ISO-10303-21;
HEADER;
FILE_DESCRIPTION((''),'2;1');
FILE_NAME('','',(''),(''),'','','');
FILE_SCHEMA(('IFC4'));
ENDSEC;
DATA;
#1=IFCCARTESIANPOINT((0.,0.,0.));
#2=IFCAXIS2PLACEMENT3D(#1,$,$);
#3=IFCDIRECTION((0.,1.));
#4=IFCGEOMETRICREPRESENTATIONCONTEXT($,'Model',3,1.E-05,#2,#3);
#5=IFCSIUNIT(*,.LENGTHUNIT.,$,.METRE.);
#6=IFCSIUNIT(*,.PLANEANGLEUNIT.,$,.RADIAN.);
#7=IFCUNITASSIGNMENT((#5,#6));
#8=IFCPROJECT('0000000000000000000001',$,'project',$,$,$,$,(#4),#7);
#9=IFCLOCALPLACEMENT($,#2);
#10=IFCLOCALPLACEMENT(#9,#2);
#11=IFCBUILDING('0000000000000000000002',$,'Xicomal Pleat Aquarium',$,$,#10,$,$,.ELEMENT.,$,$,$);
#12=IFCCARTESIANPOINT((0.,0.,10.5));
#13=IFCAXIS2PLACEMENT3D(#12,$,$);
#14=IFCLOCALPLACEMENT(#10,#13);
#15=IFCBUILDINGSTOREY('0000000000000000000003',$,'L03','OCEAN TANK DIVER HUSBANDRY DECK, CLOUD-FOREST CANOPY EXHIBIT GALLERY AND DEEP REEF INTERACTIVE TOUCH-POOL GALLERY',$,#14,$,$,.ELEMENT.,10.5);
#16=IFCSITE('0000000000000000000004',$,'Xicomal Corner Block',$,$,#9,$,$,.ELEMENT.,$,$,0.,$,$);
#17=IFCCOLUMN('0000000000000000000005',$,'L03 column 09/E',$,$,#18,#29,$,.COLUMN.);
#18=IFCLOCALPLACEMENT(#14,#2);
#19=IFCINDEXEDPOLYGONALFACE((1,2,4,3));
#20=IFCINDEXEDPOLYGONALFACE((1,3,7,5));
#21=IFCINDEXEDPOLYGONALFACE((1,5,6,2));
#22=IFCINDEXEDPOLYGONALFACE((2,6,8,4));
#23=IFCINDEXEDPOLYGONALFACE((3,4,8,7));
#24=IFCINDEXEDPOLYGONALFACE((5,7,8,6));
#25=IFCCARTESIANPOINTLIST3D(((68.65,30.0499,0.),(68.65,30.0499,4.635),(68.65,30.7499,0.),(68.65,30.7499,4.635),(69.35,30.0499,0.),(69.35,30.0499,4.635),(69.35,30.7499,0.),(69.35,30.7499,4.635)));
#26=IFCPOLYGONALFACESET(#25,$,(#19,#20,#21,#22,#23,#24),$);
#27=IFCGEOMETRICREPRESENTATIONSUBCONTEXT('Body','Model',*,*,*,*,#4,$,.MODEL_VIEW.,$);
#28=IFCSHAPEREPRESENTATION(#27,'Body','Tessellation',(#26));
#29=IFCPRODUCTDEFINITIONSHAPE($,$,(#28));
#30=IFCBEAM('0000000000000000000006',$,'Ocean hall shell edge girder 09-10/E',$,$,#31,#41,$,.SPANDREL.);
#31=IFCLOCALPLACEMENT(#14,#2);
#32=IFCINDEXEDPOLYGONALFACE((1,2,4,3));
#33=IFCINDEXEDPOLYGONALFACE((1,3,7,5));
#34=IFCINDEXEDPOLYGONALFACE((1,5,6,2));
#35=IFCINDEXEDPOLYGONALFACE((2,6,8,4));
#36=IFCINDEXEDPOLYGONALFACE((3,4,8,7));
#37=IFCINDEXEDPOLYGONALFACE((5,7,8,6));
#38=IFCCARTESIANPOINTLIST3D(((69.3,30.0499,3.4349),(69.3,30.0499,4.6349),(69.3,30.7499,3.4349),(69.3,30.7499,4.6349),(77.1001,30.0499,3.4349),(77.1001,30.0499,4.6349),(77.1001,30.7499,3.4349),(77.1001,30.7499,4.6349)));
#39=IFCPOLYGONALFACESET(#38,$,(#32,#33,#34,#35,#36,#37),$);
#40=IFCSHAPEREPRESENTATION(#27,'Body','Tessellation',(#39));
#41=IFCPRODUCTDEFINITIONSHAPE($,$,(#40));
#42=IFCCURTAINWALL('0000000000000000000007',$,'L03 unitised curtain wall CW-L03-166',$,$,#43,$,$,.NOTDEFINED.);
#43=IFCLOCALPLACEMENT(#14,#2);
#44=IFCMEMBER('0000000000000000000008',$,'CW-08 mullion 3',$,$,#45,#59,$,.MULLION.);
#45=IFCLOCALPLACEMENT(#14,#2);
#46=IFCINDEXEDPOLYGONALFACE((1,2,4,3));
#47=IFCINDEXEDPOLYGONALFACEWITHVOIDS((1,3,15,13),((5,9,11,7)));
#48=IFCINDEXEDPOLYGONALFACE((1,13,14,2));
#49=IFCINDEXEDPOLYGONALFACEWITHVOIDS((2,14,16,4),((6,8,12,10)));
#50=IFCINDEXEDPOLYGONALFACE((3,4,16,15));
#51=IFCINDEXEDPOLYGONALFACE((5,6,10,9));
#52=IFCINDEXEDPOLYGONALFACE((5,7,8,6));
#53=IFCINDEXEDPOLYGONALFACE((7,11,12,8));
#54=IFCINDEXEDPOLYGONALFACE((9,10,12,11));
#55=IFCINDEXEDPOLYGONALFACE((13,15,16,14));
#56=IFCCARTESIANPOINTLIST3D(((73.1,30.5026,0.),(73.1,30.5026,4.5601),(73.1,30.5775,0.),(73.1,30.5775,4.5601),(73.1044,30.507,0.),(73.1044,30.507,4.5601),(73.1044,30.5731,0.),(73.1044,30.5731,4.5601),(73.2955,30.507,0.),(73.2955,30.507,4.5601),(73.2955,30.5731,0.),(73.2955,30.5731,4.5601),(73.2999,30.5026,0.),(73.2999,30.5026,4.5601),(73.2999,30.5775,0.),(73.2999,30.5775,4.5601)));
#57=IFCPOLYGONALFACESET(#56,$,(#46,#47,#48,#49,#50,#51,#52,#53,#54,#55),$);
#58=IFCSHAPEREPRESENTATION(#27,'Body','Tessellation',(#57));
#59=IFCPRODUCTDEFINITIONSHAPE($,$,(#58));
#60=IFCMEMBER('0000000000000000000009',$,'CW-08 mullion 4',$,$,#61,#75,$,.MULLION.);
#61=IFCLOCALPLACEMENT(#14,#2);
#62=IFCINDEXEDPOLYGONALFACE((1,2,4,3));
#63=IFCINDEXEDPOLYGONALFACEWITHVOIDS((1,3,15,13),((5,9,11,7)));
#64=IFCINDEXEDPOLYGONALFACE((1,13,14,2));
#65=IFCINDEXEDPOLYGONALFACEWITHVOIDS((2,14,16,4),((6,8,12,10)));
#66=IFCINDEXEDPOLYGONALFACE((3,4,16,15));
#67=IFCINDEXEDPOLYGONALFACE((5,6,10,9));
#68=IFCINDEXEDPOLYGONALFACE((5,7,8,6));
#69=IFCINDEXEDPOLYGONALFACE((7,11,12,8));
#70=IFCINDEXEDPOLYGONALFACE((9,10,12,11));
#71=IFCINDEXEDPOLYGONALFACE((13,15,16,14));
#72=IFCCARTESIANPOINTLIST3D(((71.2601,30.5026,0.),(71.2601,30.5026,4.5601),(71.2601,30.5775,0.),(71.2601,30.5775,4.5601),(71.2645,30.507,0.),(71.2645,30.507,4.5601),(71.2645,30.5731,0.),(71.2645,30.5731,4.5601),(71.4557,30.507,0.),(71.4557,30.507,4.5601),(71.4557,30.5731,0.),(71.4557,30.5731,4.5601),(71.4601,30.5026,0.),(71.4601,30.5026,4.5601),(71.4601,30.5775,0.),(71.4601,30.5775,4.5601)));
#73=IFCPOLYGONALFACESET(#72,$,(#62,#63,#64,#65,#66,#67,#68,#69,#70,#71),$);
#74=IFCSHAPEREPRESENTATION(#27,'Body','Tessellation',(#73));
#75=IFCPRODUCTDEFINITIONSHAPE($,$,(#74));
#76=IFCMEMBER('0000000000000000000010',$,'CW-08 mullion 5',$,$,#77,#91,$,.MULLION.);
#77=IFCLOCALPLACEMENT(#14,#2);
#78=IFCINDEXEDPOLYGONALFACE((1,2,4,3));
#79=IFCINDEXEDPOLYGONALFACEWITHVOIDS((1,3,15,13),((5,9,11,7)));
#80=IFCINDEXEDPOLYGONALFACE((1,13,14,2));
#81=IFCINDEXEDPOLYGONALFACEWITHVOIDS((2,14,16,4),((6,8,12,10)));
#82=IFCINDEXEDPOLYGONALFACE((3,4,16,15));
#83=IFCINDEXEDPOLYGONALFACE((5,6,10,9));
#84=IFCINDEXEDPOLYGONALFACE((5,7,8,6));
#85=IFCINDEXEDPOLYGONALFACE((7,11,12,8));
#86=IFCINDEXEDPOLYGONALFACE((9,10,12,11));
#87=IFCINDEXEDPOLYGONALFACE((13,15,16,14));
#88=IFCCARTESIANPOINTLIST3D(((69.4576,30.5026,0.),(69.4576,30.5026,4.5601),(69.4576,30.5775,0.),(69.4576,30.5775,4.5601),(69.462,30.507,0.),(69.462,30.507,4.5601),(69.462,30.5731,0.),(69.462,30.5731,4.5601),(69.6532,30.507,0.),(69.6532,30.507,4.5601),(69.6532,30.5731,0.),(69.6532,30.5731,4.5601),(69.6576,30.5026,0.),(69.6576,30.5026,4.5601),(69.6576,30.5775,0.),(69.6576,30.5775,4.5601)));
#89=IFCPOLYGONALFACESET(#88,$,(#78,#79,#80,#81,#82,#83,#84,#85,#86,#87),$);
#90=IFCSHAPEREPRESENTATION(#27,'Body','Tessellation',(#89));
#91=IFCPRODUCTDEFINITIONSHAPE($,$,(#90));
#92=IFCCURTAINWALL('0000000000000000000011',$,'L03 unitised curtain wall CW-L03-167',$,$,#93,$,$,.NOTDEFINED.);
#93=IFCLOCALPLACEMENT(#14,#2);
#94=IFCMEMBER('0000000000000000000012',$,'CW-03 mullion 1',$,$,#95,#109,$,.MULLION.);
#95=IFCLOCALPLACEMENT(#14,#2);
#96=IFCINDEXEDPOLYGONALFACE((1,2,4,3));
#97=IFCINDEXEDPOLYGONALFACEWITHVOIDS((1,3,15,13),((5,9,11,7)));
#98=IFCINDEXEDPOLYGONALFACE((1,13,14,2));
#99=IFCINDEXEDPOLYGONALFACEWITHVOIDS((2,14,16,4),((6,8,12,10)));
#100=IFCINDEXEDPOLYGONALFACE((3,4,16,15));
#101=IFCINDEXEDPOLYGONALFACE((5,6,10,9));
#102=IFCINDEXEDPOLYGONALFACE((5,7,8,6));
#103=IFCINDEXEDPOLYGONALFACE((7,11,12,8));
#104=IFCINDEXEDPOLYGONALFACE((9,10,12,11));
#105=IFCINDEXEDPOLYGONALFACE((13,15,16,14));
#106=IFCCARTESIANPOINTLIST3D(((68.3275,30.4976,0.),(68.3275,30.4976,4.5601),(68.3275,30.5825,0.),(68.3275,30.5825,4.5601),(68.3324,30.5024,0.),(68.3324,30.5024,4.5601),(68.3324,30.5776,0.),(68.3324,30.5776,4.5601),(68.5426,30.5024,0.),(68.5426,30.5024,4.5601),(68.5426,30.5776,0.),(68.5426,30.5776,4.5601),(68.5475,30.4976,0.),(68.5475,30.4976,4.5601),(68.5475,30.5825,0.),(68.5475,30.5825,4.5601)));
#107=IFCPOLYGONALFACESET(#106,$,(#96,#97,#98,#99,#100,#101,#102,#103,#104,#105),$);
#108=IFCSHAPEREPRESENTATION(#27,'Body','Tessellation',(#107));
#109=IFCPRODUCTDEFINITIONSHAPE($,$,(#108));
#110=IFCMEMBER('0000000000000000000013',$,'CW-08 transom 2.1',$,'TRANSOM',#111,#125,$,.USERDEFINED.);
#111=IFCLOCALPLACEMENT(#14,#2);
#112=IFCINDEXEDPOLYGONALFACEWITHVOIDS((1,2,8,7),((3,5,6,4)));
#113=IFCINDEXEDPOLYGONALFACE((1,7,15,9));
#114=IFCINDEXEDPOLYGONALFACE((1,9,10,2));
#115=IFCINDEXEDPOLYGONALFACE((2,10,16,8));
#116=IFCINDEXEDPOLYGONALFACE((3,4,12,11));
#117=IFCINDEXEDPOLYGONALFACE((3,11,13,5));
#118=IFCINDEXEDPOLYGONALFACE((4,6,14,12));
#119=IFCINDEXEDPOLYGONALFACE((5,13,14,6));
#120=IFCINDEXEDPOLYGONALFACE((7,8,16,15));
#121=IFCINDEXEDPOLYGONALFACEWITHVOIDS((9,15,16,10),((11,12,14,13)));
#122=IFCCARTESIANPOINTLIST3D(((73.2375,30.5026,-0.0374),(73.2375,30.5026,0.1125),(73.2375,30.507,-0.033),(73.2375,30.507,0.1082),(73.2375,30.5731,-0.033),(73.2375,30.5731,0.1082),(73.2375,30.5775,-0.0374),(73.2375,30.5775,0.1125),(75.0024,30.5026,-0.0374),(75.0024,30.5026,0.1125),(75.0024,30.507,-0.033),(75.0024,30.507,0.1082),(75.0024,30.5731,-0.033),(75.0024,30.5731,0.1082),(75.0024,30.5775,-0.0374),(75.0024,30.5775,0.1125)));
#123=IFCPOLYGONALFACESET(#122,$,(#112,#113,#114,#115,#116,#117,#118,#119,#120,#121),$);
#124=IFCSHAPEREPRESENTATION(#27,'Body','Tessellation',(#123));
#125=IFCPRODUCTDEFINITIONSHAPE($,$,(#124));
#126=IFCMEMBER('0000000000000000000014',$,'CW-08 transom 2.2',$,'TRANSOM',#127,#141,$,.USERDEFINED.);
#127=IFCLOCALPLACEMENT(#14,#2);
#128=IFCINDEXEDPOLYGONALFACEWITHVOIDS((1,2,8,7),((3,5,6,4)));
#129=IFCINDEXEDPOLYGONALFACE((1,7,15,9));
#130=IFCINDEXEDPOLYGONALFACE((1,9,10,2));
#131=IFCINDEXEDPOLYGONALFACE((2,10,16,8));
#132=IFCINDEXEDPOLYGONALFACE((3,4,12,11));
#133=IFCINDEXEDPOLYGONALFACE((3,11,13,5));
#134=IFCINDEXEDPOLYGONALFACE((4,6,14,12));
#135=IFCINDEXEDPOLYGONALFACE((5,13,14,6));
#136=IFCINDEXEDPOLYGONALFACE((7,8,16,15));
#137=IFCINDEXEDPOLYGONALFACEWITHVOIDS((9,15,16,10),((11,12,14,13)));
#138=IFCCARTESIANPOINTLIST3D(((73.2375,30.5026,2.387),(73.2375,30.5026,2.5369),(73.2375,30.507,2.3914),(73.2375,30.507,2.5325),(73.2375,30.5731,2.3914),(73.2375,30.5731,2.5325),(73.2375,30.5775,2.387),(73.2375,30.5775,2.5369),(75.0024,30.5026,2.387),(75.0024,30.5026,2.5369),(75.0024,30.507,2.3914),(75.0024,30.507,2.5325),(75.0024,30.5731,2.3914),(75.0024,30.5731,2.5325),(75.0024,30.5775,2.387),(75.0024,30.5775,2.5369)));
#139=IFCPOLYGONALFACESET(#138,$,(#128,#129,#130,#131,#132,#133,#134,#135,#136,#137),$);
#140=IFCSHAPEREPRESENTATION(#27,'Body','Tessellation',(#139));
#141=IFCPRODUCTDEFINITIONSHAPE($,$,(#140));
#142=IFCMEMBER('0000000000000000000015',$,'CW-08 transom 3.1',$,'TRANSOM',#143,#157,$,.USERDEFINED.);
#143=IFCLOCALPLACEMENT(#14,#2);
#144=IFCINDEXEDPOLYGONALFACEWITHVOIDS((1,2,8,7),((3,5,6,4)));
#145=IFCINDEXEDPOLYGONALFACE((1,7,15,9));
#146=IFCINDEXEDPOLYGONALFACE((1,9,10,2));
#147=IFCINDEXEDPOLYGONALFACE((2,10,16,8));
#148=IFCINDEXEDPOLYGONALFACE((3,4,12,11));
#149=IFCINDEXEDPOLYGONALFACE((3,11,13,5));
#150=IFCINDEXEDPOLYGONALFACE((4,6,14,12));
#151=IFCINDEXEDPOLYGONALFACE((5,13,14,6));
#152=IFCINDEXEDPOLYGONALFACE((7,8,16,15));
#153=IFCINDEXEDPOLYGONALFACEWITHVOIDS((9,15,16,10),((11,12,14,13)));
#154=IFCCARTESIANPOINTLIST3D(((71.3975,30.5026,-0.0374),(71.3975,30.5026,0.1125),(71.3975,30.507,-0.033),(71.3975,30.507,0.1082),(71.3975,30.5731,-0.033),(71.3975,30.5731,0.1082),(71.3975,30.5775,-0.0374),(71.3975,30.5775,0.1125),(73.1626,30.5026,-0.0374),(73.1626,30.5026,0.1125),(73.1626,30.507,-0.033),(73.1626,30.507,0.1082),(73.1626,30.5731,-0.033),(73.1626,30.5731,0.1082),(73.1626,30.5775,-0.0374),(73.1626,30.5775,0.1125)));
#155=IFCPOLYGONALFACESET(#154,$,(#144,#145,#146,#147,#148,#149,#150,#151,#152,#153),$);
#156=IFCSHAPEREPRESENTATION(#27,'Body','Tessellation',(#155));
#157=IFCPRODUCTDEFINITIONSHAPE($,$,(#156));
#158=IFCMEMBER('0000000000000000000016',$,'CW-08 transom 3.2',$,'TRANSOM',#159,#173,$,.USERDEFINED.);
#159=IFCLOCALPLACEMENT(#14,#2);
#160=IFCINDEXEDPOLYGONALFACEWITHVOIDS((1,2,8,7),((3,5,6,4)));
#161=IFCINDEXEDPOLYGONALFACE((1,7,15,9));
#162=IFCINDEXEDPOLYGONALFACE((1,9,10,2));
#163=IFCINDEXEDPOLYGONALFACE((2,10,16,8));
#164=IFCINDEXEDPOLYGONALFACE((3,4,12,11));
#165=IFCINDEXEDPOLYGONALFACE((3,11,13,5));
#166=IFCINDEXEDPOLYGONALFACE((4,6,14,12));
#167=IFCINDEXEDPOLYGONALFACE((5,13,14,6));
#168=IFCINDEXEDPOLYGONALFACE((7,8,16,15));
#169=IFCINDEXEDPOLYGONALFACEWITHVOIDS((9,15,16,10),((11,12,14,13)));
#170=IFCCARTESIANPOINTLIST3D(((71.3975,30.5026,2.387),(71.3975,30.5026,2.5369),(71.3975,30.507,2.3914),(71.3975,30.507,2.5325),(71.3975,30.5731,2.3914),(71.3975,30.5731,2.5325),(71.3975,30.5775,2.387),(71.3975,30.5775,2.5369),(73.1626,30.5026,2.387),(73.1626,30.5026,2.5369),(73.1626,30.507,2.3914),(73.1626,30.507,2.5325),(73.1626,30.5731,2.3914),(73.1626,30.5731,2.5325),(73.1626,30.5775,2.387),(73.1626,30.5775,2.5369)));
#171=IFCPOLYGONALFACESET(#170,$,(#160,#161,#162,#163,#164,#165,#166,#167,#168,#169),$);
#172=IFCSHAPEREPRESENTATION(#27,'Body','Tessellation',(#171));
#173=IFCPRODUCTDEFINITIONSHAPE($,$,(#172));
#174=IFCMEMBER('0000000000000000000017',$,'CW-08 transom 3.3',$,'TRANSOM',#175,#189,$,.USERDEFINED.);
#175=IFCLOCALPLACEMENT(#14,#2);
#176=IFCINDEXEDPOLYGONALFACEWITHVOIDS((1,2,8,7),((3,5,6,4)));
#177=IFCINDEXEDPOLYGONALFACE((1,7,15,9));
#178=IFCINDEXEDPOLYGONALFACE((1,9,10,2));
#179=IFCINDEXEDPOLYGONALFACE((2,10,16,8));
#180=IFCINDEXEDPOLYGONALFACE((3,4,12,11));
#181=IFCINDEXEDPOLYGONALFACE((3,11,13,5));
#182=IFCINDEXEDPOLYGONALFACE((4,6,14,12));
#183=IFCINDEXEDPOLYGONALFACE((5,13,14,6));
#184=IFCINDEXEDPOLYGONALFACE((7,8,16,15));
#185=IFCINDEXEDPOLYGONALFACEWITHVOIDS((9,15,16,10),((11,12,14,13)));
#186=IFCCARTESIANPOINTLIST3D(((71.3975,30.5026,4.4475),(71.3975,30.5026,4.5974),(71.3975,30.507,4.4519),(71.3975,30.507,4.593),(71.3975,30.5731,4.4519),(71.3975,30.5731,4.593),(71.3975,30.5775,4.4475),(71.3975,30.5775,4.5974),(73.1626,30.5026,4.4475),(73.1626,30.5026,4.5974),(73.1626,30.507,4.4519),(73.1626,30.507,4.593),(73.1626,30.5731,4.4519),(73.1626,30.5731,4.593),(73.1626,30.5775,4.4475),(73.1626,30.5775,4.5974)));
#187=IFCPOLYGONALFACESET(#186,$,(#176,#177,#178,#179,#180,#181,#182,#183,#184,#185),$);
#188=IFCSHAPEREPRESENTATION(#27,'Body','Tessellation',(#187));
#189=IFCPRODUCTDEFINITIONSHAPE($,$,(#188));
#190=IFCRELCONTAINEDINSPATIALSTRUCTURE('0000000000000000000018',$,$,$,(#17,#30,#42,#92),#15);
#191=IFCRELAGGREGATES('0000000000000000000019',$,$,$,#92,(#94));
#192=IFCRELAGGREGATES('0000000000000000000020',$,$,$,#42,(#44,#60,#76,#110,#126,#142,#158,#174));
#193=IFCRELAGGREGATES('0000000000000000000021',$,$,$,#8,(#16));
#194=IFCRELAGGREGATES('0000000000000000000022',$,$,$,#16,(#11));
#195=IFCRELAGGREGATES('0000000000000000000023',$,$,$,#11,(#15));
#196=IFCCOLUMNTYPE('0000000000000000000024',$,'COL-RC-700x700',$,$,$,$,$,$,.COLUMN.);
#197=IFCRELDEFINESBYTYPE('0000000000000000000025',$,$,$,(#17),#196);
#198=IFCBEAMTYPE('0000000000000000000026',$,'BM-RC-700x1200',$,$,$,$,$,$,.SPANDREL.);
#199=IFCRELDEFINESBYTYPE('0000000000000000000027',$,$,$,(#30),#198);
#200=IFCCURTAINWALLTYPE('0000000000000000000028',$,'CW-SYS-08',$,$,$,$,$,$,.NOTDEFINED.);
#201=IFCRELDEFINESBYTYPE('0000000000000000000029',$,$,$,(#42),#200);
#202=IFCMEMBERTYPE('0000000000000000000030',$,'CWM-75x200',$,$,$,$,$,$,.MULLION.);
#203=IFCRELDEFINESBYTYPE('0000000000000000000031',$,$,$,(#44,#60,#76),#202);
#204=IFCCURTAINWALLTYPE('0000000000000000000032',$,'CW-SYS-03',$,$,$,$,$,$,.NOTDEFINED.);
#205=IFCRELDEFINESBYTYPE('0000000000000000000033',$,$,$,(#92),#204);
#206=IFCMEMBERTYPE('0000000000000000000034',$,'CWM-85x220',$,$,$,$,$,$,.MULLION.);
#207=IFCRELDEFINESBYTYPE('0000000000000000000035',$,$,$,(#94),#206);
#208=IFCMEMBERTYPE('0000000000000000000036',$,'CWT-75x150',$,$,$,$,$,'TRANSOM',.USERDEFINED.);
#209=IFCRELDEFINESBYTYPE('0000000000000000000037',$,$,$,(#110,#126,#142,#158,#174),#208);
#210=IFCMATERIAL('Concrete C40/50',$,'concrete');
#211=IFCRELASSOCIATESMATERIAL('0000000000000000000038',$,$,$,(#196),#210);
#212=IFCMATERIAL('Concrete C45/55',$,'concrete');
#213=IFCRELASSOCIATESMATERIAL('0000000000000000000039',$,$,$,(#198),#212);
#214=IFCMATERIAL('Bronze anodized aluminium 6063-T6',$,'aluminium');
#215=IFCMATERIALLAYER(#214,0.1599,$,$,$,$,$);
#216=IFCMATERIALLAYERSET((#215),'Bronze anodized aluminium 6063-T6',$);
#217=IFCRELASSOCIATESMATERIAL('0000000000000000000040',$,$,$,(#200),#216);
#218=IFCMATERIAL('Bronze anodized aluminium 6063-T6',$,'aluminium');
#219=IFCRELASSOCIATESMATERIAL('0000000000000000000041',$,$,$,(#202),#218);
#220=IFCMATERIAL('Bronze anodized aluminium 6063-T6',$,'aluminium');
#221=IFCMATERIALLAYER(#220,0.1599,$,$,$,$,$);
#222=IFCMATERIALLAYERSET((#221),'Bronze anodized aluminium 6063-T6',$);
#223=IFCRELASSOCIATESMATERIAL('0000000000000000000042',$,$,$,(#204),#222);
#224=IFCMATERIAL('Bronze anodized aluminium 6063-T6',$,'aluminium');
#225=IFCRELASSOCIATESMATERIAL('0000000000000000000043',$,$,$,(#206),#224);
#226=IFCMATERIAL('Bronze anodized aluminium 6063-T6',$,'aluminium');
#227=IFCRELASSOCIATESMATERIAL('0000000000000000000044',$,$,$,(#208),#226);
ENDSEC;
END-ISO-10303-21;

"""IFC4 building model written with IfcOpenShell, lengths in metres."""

from ifc_helpers import new_model, si_unit, direction, frame, origin, origin_2d, place, context, subcontext, project, spatial, rectangle, hollow_rectangle, extrude, material, layer, layer_set, material_profile, profile_set, type_object, element, aggregate, save


model = new_model("IFC4")

# Units and contexts
model_context = context("Model", 3, precision=1e-05, world=origin(), true_north=direction((0.0, 1.0)))
body_context = subcontext(model_context, "Body", "Model", "MODEL_VIEW")
ifc_project = project(units=[si_unit("LENGTHUNIT", "METRE"), si_unit("PLANEANGLEUNIT", "RADIAN")], contexts=[model_context])

# Site, building, storey
site_placement = place(None, origin())
site = spatial("IfcSite", under=ifc_project, at=site_placement, Name="Xicomal Corner Block", CompositionType="ELEMENT", RefElevation=0.0)
building_placement = place(site_placement, origin())
building = spatial("IfcBuilding", under=site, at=building_placement, Name="Xicomal Pleat Aquarium", CompositionType="ELEMENT")
storey_placement = place(building_placement, frame((0.0, 0.0, 10.5)))
storey = spatial("IfcBuildingStorey", under=building, at=storey_placement, Name="L03", Description="OCEAN TANK DIVER HUSBANDRY DECK, CLOUD-FOREST CANOPY EXHIBIT GALLERY AND DEEP REEF INTERACTIVE TOUCH-POOL GALLERY", CompositionType="ELEMENT", Elevation=10.5)

# Column
ifc_material_1 = material(Name="Concrete C40/50", Category="concrete")
ifc_material_profile_1 = material_profile(ifc_material_1, rectangle(XDim=0.7, YDim=0.7, at=origin_2d()), Name="RC 700x700")
ifc_profile_set_1 = profile_set([ifc_material_profile_1], Name="Concrete C40/50")
column_type = type_object("IfcColumnType", Name="COL-RC-700x700", PredefinedType="COLUMN", material=ifc_profile_set_1)
column_placement = place(storey_placement, frame((69.0, 30.3999, 0.0), z_axis=(0.0, 0.0, 1.0), x_axis=(1.0, 0.0, 0.0)))
element("IfcColumn", 1, at=column_placement, inside=storey, type_object=column_type, Name="L03 column 09/E", PredefinedType="COLUMN", context=body_context, shape_type="SweptSolid", body=[
    extrude(rectangle(XDim=0.7, YDim=0.7, at=origin_2d()), origin(), (0.0, 0.0, 1.0), 4.635),
])

# Beam
ifc_material_2 = material(Name="Concrete C45/55", Category="concrete")
ifc_material_profile_2 = material_profile(ifc_material_2, rectangle(XDim=0.7, YDim=1.2, at=origin_2d()), Name="RC 700x1200")
ifc_profile_set_2 = profile_set([ifc_material_profile_2], Name="Concrete C45/55")
beam_type = type_object("IfcBeamType", Name="BM-RC-700x1200", PredefinedType="SPANDREL", material=ifc_profile_set_2)
beam_placement = place(storey_placement, frame((69.3, 30.3999, 4.0349), z_axis=(1.0, 0.0, 0.0), x_axis=(0.0, 1.0, 0.0)))
element("IfcBeam", 2, at=beam_placement, inside=storey, type_object=beam_type, Name="Ocean hall shell edge girder 09-10/E", PredefinedType="SPANDREL", context=body_context, shape_type="SweptSolid", body=[
    extrude(rectangle(XDim=0.7, YDim=1.2, at=origin_2d()), origin(), (0.0, 0.0, 1.0), 7.8),
])

# Curtain wall, members
ifc_material_3 = material(Name="Bronze anodized aluminium 6063-T6", Category="aluminium")
ifc_layer_1 = layer(ifc_material_3, 0.1599)
ifc_layer_set_1 = layer_set([ifc_layer_1], Name="Bronze anodized aluminium 6063-T6")
curtain_wall_type_1 = type_object("IfcCurtainWallType", Name="CW-SYS-08", PredefinedType="NOTDEFINED", material=ifc_layer_set_1)
curtain_wall_1_placement = place(storey_placement, origin())
curtain_wall_1 = element("IfcCurtainWall", 3, at=curtain_wall_1_placement, inside=storey, type_object=curtain_wall_type_1, Name="L03 unitised curtain wall CW-L03-166", PredefinedType="NOTDEFINED")
ifc_material_4 = material(Name="Bronze anodized aluminium 6063-T6", Category="aluminium")
ifc_material_profile_3 = material_profile(ifc_material_4, hollow_rectangle(XDim=0.075, YDim=0.2, WallThickness=0.0044, at=origin_2d()), Name="ALU MULL 75x200")
ifc_profile_set_3 = profile_set([ifc_material_profile_3], Name="Bronze anodized aluminium 6063-T6")
member_type_1 = type_object("IfcMemberType", Name="CWM-75x200", PredefinedType="MULLION", material=ifc_profile_set_3)
member_1_placement = place(storey_placement, frame((73.2, 30.54, 0.0), z_axis=(0.0, 0.0, 1.0), x_axis=(0.0, -1.0, 0.0)))
member_1 = element("IfcMember", 4, at=member_1_placement, type_object=member_type_1, Name="CW-08 mullion 3", PredefinedType="MULLION", context=body_context, shape_type="SweptSolid", body=[
    extrude(hollow_rectangle(XDim=0.075, YDim=0.2, WallThickness=0.0044, at=origin_2d()), origin(), (0.0, 0.0, 1.0), 4.5601),
])
member_2_placement = place(storey_placement, frame((71.3601, 30.54, 0.0), z_axis=(0.0, 0.0, 1.0), x_axis=(0.0, -1.0, 0.0)))
member_2 = element("IfcMember", 5, at=member_2_placement, type_object=member_type_1, Name="CW-08 mullion 4", PredefinedType="MULLION", context=body_context, shape_type="SweptSolid", body=[
    extrude(hollow_rectangle(XDim=0.075, YDim=0.2, WallThickness=0.0044, at=origin_2d()), origin(), (0.0, 0.0, 1.0), 4.5601),
])
member_3_placement = place(storey_placement, frame((69.5576, 30.54, 0.0), z_axis=(0.0, 0.0, 1.0), x_axis=(0.0, -1.0, 0.0)))
member_3 = element("IfcMember", 6, at=member_3_placement, type_object=member_type_1, Name="CW-08 mullion 5", PredefinedType="MULLION", context=body_context, shape_type="SweptSolid", body=[
    extrude(hollow_rectangle(XDim=0.075, YDim=0.2, WallThickness=0.0044, at=origin_2d()), origin(), (0.0, 0.0, 1.0), 4.5601),
])

# Curtain wall, member
ifc_material_5 = material(Name="Bronze anodized aluminium 6063-T6", Category="aluminium")
ifc_layer_2 = layer(ifc_material_5, 0.1599)
ifc_layer_set_2 = layer_set([ifc_layer_2], Name="Bronze anodized aluminium 6063-T6")
curtain_wall_type_2 = type_object("IfcCurtainWallType", Name="CW-SYS-03", PredefinedType="NOTDEFINED", material=ifc_layer_set_2)
curtain_wall_2_placement = place(storey_placement, origin())
curtain_wall_2 = element("IfcCurtainWall", 7, at=curtain_wall_2_placement, inside=storey, type_object=curtain_wall_type_2, Name="L03 unitised curtain wall CW-L03-167", PredefinedType="NOTDEFINED")
ifc_material_6 = material(Name="Bronze anodized aluminium 6063-T6", Category="aluminium")
ifc_material_profile_4 = material_profile(ifc_material_6, hollow_rectangle(XDim=0.085, YDim=0.22, WallThickness=0.0049, at=origin_2d()), Name="ALU MULL 85x220")
ifc_profile_set_4 = profile_set([ifc_material_profile_4], Name="Bronze anodized aluminium 6063-T6")
member_type_2 = type_object("IfcMemberType", Name="CWM-85x220", PredefinedType="MULLION", material=ifc_profile_set_4)
member_4_placement = place(storey_placement, frame((68.4375, 30.54, 0.0), z_axis=(0.0, 0.0, 1.0), x_axis=(0.0, -1.0, 0.0)))
member_4 = element("IfcMember", 8, at=member_4_placement, type_object=member_type_2, Name="CW-03 mullion 1", PredefinedType="MULLION", context=body_context, shape_type="SweptSolid", body=[
    extrude(hollow_rectangle(XDim=0.085, YDim=0.22, WallThickness=0.0049, at=origin_2d()), origin(), (0.0, 0.0, 1.0), 4.5601),
])

# Members
ifc_material_7 = material(Name="Bronze anodized aluminium 6063-T6", Category="aluminium")
ifc_material_profile_5 = material_profile(ifc_material_7, hollow_rectangle(XDim=0.075, YDim=0.1499, WallThickness=0.0044, at=origin_2d()), Name="ALU TRAN 75x150")
ifc_profile_set_5 = profile_set([ifc_material_profile_5], Name="Bronze anodized aluminium 6063-T6")
member_type_3 = type_object("IfcMemberType", Name="CWT-75x150", ElementType="TRANSOM", PredefinedType="USERDEFINED", material=ifc_profile_set_5)
member_5_placement = place(storey_placement, frame((75.0024, 30.54, 0.0376), z_axis=(-1.0, 0.0, 0.0), x_axis=(0.0, -1.0, 0.0)))
member_5 = element("IfcMember", 9, at=member_5_placement, type_object=member_type_3, Name="CW-08 transom 2.1", ObjectType="TRANSOM", PredefinedType="USERDEFINED", context=body_context, shape_type="SweptSolid", body=[
    extrude(hollow_rectangle(XDim=0.075, YDim=0.1499, WallThickness=0.0044, at=origin_2d()), origin(), (0.0, 0.0, 1.0), 1.7649),
])
member_6_placement = place(storey_placement, frame((75.0024, 30.54, 2.4619), z_axis=(-1.0, 0.0, 0.0), x_axis=(0.0, -1.0, 0.0)))
member_6 = element("IfcMember", 10, at=member_6_placement, type_object=member_type_3, Name="CW-08 transom 2.2", ObjectType="TRANSOM", PredefinedType="USERDEFINED", context=body_context, shape_type="SweptSolid", body=[
    extrude(hollow_rectangle(XDim=0.075, YDim=0.1499, WallThickness=0.0044, at=origin_2d()), origin(), (0.0, 0.0, 1.0), 1.7649),
])
member_7_placement = place(storey_placement, frame((73.1626, 30.54, 0.0376), z_axis=(-1.0, 0.0, 0.0), x_axis=(0.0, -1.0, 0.0)))
member_7 = element("IfcMember", 11, at=member_7_placement, type_object=member_type_3, Name="CW-08 transom 3.1", ObjectType="TRANSOM", PredefinedType="USERDEFINED", context=body_context, shape_type="SweptSolid", body=[
    extrude(hollow_rectangle(XDim=0.075, YDim=0.1499, WallThickness=0.0044, at=origin_2d()), origin(), (0.0, 0.0, 1.0), 1.7651),
])
member_8_placement = place(storey_placement, frame((73.1626, 30.54, 2.4619), z_axis=(-1.0, 0.0, 0.0), x_axis=(0.0, -1.0, 0.0)))
member_8 = element("IfcMember", 12, at=member_8_placement, type_object=member_type_3, Name="CW-08 transom 3.2", ObjectType="TRANSOM", PredefinedType="USERDEFINED", context=body_context, shape_type="SweptSolid", body=[
    extrude(hollow_rectangle(XDim=0.075, YDim=0.1499, WallThickness=0.0044, at=origin_2d()), origin(), (0.0, 0.0, 1.0), 1.7651),
])
member_9_placement = place(storey_placement, frame((73.1626, 30.54, 4.5225), z_axis=(-1.0, 0.0, 0.0), x_axis=(0.0, -1.0, 0.0)))
member_9 = element("IfcMember", 13, at=member_9_placement, type_object=member_type_3, Name="CW-08 transom 3.3", ObjectType="TRANSOM", PredefinedType="USERDEFINED", context=body_context, shape_type="SweptSolid", body=[
    extrude(hollow_rectangle(XDim=0.075, YDim=0.1499, WallThickness=0.0044, at=origin_2d()), origin(), (0.0, 0.0, 1.0), 1.7651),
])
aggregate(curtain_wall_2, [member_4])

aggregate(curtain_wall_1, [member_1, member_2, member_3, member_5, member_6, member_7, member_8, member_9])

save(model, "model.ifc")
